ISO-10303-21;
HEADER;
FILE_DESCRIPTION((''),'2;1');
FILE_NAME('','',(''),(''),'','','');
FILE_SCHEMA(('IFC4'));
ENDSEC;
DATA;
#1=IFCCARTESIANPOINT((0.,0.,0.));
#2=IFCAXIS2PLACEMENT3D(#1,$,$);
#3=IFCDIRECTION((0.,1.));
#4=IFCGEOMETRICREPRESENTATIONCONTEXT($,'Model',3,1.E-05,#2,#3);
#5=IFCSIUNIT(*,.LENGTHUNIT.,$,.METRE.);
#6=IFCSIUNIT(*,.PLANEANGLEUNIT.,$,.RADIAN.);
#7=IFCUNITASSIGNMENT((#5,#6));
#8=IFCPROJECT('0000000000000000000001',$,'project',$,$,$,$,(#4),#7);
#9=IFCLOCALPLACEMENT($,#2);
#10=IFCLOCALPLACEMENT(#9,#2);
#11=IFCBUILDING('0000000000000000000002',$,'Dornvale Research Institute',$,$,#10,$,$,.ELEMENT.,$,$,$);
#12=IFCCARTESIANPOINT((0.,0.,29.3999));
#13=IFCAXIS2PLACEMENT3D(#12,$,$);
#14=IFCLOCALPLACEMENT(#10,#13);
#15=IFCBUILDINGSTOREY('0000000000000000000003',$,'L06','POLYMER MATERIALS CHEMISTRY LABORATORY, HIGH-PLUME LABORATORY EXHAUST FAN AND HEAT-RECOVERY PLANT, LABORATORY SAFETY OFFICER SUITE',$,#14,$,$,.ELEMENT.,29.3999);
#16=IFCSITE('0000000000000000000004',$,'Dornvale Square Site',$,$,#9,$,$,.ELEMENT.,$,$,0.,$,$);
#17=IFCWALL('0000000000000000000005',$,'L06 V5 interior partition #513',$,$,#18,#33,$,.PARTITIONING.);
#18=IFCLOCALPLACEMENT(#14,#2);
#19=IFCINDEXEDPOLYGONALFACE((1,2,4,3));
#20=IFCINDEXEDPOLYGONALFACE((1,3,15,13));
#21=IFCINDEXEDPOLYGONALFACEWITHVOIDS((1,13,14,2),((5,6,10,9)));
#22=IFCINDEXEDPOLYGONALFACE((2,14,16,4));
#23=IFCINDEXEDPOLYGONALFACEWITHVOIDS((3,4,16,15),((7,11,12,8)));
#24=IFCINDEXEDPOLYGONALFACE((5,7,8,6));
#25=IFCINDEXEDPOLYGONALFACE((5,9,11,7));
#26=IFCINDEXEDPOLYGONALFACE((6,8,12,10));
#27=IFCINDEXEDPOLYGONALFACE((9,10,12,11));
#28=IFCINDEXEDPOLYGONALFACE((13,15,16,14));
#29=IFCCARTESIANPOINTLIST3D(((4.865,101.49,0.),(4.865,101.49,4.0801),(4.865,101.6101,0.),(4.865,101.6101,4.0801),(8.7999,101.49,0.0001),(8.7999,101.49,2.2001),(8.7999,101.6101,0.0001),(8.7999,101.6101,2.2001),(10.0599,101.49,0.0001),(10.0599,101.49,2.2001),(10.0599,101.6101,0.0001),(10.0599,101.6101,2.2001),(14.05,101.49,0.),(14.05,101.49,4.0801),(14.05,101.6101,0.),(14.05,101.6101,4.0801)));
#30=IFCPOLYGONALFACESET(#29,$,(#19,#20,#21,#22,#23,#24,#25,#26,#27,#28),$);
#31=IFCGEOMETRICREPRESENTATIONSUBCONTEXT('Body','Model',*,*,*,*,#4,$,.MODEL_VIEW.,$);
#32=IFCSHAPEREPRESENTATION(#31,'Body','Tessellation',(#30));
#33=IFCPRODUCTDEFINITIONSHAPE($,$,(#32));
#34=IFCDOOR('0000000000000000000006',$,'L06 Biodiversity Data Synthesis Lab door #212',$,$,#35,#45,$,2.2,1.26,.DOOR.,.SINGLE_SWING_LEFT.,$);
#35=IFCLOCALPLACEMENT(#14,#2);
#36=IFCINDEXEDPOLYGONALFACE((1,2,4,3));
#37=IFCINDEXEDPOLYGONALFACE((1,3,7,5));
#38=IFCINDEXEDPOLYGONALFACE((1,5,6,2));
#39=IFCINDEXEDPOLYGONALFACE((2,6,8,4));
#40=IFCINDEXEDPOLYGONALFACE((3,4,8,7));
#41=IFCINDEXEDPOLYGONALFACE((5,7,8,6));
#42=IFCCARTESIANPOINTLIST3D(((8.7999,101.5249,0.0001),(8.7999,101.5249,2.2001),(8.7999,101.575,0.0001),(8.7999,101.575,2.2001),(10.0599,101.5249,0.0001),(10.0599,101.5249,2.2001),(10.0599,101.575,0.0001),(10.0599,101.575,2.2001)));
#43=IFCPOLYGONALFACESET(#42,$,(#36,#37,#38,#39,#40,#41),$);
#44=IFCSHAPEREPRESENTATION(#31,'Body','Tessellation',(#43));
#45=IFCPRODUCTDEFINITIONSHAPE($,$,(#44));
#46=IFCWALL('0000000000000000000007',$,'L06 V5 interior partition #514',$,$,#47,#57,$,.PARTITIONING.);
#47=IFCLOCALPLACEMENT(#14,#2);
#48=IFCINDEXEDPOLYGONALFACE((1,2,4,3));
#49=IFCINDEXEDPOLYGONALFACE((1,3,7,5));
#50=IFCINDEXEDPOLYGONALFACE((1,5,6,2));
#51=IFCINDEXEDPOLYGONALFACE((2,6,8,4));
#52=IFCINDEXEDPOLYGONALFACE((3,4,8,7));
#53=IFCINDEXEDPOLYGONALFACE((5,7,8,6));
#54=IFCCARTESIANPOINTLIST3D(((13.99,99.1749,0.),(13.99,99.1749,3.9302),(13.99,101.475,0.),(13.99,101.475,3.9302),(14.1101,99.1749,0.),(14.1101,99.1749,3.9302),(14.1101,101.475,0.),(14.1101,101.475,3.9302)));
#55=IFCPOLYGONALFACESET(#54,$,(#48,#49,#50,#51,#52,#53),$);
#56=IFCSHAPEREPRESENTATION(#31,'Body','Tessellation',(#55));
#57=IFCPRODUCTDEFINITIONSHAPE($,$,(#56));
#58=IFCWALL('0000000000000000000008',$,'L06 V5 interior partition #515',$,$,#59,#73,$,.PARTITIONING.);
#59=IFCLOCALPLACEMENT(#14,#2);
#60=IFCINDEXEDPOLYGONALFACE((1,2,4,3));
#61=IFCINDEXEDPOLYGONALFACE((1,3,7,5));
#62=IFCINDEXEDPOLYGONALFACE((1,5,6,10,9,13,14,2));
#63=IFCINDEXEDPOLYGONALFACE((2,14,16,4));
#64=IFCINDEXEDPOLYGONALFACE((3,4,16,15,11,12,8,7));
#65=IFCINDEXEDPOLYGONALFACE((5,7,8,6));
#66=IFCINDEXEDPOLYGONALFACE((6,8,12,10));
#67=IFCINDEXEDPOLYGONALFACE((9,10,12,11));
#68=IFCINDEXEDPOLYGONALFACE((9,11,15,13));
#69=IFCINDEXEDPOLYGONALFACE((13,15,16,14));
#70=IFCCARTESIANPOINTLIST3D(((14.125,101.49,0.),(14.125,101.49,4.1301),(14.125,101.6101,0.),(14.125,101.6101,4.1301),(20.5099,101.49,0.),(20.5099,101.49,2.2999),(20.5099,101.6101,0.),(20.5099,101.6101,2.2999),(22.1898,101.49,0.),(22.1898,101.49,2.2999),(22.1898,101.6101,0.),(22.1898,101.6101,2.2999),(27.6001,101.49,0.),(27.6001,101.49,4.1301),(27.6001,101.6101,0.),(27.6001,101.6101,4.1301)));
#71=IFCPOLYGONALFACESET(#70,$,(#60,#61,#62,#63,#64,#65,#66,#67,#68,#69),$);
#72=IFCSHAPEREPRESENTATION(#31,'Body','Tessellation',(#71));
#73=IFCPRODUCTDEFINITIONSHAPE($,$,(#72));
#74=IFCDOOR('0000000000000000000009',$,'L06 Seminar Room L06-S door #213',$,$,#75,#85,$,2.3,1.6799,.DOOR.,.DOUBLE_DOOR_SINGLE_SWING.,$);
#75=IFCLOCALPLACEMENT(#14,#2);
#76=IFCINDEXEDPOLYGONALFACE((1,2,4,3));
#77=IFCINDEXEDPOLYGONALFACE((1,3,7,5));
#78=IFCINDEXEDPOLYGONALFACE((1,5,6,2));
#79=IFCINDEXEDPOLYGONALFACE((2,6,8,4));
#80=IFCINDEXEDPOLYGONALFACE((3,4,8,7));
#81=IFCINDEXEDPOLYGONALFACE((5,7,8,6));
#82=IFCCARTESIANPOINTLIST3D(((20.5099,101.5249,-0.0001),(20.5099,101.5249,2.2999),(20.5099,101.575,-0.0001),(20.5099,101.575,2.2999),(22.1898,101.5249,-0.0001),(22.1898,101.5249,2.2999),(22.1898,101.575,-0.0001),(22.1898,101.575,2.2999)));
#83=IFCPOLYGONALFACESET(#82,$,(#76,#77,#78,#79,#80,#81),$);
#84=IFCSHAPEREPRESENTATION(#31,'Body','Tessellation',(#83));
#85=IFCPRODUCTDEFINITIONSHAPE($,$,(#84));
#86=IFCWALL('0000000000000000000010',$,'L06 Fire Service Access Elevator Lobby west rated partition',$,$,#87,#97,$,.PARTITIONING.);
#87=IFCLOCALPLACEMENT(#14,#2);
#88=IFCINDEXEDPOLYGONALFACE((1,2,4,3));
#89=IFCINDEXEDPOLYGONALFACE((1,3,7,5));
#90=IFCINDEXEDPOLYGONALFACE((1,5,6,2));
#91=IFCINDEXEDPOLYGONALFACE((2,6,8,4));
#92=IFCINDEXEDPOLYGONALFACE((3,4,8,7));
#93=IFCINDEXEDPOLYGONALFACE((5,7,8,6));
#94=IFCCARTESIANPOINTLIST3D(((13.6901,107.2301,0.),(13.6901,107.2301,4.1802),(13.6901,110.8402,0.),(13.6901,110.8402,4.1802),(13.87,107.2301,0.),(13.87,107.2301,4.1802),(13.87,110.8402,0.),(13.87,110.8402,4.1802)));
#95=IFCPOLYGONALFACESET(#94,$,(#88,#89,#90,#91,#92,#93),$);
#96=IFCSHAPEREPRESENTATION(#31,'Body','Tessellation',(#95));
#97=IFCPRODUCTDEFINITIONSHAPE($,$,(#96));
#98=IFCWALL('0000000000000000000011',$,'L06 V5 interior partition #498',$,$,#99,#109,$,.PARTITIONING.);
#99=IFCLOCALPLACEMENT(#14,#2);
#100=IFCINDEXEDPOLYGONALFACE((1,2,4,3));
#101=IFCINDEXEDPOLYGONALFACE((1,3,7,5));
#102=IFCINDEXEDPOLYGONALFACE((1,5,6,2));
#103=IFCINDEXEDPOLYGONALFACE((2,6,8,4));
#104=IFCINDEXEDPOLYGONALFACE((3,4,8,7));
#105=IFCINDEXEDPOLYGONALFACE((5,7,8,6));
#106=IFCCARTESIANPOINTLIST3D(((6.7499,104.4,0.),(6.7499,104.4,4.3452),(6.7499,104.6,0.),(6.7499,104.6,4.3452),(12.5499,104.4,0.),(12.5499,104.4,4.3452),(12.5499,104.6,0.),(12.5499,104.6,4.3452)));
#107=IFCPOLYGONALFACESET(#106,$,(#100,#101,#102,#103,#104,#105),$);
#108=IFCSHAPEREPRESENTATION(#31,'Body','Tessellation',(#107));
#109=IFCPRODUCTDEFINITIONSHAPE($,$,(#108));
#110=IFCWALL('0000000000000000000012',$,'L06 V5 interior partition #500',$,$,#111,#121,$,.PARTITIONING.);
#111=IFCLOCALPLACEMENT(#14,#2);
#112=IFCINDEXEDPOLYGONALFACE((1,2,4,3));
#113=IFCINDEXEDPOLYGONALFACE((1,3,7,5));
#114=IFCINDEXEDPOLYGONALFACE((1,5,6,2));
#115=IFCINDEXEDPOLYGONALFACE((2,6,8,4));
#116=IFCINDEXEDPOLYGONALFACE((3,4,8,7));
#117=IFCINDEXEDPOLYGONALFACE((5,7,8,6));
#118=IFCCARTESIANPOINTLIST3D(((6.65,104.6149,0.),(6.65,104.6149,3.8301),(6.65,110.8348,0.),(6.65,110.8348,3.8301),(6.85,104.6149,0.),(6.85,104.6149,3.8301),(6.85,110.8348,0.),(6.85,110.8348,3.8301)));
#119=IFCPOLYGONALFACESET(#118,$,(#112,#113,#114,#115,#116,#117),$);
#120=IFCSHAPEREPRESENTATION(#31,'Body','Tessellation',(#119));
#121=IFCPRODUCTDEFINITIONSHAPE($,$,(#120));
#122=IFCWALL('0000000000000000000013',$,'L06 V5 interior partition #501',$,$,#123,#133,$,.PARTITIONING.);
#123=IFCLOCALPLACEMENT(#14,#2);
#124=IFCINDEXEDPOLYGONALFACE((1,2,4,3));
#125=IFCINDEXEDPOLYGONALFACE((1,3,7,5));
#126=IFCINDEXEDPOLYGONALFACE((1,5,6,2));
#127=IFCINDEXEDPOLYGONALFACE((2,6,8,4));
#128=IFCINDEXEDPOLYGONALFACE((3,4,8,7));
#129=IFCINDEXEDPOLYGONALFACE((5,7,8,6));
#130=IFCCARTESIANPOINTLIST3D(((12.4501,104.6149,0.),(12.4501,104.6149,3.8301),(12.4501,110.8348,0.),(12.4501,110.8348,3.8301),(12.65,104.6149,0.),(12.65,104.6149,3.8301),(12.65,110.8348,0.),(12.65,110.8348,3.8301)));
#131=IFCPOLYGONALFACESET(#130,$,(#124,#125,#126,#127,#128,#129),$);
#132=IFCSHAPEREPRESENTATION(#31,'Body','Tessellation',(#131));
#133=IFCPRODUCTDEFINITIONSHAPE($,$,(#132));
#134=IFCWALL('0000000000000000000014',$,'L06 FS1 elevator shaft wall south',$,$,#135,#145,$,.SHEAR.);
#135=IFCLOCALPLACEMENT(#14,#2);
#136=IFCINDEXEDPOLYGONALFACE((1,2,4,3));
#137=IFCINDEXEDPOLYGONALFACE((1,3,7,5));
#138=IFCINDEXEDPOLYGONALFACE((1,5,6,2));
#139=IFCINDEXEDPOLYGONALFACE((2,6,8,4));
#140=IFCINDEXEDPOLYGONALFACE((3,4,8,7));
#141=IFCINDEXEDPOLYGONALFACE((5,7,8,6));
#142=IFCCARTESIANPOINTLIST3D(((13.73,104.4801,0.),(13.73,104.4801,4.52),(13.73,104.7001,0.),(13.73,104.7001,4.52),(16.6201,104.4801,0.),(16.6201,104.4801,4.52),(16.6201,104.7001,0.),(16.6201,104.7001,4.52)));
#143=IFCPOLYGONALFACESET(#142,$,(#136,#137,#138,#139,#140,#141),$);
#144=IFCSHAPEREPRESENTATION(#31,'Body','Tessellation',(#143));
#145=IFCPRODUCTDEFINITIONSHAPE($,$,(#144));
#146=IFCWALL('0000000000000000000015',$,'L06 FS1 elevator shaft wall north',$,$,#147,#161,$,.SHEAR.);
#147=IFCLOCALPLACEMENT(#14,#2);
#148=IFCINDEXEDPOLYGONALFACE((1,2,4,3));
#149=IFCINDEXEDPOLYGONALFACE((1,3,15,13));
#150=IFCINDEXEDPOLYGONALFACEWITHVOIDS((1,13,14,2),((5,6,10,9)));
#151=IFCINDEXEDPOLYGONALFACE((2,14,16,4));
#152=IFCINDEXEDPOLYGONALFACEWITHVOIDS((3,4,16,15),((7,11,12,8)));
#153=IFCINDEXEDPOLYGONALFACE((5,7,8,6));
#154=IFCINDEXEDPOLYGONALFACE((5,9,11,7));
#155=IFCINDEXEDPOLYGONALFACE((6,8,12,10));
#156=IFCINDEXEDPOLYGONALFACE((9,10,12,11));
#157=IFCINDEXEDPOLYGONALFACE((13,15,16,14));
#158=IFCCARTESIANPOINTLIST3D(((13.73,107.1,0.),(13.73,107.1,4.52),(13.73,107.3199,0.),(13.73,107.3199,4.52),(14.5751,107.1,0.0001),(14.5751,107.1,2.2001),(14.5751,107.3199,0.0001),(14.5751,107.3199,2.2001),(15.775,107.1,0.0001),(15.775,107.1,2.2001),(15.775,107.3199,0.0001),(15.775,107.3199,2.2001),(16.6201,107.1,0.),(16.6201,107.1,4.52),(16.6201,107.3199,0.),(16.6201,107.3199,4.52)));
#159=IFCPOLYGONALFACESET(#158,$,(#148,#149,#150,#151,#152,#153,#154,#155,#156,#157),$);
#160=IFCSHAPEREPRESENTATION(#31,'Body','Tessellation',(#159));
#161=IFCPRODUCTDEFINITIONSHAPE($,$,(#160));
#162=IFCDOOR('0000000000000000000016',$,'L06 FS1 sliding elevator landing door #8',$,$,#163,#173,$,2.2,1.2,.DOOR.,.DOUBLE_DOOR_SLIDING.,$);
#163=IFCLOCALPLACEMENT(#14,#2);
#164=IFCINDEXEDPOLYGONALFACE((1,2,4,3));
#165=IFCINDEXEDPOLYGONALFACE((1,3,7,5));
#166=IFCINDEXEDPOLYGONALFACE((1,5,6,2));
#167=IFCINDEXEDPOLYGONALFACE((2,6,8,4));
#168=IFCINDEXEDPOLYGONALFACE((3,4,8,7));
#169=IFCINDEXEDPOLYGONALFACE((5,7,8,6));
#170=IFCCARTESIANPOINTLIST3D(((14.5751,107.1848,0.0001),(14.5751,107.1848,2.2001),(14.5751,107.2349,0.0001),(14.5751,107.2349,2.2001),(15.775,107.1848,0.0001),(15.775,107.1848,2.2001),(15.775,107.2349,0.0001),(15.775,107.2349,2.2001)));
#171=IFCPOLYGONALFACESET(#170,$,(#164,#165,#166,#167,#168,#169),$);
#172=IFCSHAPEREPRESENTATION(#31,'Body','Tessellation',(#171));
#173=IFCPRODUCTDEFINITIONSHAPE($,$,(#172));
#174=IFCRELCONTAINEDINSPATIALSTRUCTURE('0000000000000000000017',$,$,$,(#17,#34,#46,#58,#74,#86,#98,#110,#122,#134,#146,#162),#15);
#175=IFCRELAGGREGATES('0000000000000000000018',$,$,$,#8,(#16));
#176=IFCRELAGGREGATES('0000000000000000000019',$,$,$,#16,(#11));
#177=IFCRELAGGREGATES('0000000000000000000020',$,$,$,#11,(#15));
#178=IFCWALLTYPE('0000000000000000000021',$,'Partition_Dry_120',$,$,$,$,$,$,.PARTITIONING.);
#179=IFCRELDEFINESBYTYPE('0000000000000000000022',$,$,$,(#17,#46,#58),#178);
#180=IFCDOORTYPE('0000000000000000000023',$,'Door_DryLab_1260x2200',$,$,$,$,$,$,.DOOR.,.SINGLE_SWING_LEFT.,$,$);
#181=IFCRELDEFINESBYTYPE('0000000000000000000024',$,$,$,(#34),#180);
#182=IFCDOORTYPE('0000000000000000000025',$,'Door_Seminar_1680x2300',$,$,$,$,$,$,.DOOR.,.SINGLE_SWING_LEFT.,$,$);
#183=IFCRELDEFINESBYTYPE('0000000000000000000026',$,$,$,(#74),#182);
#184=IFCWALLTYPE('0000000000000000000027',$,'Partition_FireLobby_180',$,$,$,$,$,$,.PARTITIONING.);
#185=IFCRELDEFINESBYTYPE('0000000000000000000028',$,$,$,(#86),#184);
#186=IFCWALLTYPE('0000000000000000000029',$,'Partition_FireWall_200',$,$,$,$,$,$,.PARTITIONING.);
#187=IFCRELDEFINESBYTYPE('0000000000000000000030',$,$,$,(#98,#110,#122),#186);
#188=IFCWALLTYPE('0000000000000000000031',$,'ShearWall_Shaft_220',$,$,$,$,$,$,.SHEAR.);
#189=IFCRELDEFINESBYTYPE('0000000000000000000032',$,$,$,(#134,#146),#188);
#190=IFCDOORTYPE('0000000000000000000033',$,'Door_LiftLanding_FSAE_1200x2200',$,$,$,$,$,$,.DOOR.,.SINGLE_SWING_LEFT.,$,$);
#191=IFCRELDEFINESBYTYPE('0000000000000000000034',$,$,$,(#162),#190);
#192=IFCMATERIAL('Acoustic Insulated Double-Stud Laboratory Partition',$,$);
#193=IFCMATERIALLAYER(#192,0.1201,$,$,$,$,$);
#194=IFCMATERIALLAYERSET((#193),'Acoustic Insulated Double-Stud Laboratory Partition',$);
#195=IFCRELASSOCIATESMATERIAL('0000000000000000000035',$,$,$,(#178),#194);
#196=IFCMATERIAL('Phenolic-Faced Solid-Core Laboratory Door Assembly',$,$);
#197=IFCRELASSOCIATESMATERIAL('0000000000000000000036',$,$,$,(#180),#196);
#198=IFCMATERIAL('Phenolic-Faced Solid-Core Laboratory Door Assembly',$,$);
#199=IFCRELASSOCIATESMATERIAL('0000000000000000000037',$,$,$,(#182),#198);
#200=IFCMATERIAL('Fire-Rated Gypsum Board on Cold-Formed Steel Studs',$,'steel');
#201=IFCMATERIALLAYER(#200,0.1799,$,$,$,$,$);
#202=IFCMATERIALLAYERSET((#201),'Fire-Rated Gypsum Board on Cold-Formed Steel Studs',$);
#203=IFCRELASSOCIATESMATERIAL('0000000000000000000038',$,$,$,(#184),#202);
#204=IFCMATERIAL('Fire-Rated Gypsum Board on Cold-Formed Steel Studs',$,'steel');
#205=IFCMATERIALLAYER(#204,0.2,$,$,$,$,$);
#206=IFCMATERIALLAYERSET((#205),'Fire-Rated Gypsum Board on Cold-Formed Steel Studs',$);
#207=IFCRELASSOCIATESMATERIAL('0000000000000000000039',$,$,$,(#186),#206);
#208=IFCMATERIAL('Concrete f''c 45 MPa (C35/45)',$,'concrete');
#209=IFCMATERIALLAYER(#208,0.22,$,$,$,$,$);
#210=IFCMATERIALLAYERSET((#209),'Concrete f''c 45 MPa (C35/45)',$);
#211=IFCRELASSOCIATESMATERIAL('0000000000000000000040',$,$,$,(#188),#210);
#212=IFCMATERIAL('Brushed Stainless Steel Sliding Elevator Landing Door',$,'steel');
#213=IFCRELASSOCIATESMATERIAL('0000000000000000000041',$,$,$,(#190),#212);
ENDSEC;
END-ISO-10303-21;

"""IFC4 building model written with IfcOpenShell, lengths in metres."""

from ifc_helpers import new_model, si_unit, direction, frame, frame_2d, origin, place, context, subcontext, project, spatial, rectangle, extrude, material, layer, layer_set, type_object, element, fill, save


model = new_model("IFC4")

# Units and contexts
model_context = context("Model", 3, precision=1e-05, world=origin(), true_north=direction((0.0, 1.0)))
body_context = subcontext(model_context, "Body", "Model", "MODEL_VIEW")
ifc_project = project(units=[si_unit("LENGTHUNIT", "METRE"), si_unit("PLANEANGLEUNIT", "RADIAN")], contexts=[model_context])

# Site, building, storey
site_placement = place(None, origin())
site = spatial("IfcSite", under=ifc_project, at=site_placement, Name="Dornvale Square Site", CompositionType="ELEMENT", RefElevation=0.0)
building_placement = place(site_placement, origin())
building = spatial("IfcBuilding", under=site, at=building_placement, Name="Dornvale Research Institute", CompositionType="ELEMENT")
storey_placement = place(building_placement, frame((0.0, 0.0, 29.3999)))
storey = spatial("IfcBuildingStorey", under=building, at=storey_placement, Name="L06", Description="POLYMER MATERIALS CHEMISTRY LABORATORY, HIGH-PLUME LABORATORY EXHAUST FAN AND HEAT-RECOVERY PLANT, LABORATORY SAFETY OFFICER SUITE", CompositionType="ELEMENT", Elevation=29.3999)

# Wall, opening, door
ifc_material_1 = material(Name="Acoustic Insulated Double-Stud Laboratory Partition")
ifc_layer_1 = layer(ifc_material_1, 0.1201)
ifc_layer_set_1 = layer_set([ifc_layer_1], Name="Acoustic Insulated Double-Stud Laboratory Partition")
wall_type_1 = type_object("IfcWallType", Name="Partition_Dry_120", PredefinedType="PARTITIONING", material=ifc_layer_set_1)
wall_1_placement = place(storey_placement, frame((4.865, 101.55, 0.0), z_axis=(0.0, 0.0, 1.0), x_axis=(1.0, 0.0, 0.0)))
wall_1 = element("IfcWall", 1, at=wall_1_placement, inside=storey, type_object=wall_type_1, Name="L06 V5 interior partition #513", PredefinedType="PARTITIONING", context=body_context, shape_type="SweptSolid", body=[
    extrude(rectangle(XDim=9.1851, YDim=0.1201, at=frame_2d((4.5925, 0.0))), origin(), (0.0, 0.0, 1.0), 4.0801),
])
opening_1_placement = place(wall_1_placement, frame((3.9351, 0.0, 0.0)))
opening_1 = element("IfcOpeningElement", 2, at=opening_1_placement, cuts=wall_1, PredefinedType="OPENING", context=body_context, shape_type="SweptSolid", body=[
    extrude(rectangle(XDim=1.26, YDim=2.2, at=frame_2d((0.6299, 1.1001))), frame((0.0, 0.075, 0.0), z_axis=(0.0, -1.0, 0.0), x_axis=(1.0, 0.0, 0.0)), (0.0, 0.0, 1.0), 0.1501),
])
ifc_material_2 = material(Name="Phenolic-Faced Solid-Core Laboratory Door Assembly")
door_type_1 = type_object("IfcDoorType", Name="Door_DryLab_1260x2200", OperationType="SINGLE_SWING_LEFT", PredefinedType="DOOR", material=ifc_material_2)
door_1_placement = place(opening_1_placement, origin())
door_1 = element("IfcDoor", 3, at=door_1_placement, inside=storey, type_object=door_type_1, Name="L06 Biodiversity Data Synthesis Lab door #212", OperationType="SINGLE_SWING_LEFT", OverallHeight=2.2, OverallWidth=1.26, PredefinedType="DOOR", context=body_context, shape_type="SweptSolid", body=[
    extrude(rectangle(XDim=1.26, YDim=2.2, at=frame_2d((0.6299, 1.1001))), frame((0.0, 0.0249, 0.0), z_axis=(0.0, -1.0, 0.0), x_axis=(1.0, 0.0, 0.0)), (0.0, 0.0, 1.0), 0.05),
])
fill(opening_1, door_1)

# Wall
wall_2_placement = place(storey_placement, frame((14.05, 99.175, 0.0), z_axis=(0.0, 0.0, 1.0), x_axis=(0.0, 1.0, 0.0)))
element("IfcWall", 4, at=wall_2_placement, inside=storey, type_object=wall_type_1, Name="L06 V5 interior partition #514", PredefinedType="PARTITIONING", context=body_context, shape_type="SweptSolid", body=[
    extrude(rectangle(XDim=2.3, YDim=0.1201, at=frame_2d((1.1499, 0.0))), origin(), (0.0, 0.0, 1.0), 3.9302),
])

# Wall, opening, door
wall_3_placement = place(storey_placement, frame((14.125, 101.55, 0.0), z_axis=(0.0, 0.0, 1.0), x_axis=(1.0, 0.0, 0.0)))
wall_3 = element("IfcWall", 5, at=wall_3_placement, inside=storey, type_object=wall_type_1, Name="L06 V5 interior partition #515", PredefinedType="PARTITIONING", context=body_context, shape_type="SweptSolid", body=[
    extrude(rectangle(XDim=13.4751, YDim=0.1201, at=frame_2d((6.7375, 0.0))), origin(), (0.0, 0.0, 1.0), 4.1301),
])
opening_2_placement = place(wall_3_placement, frame((6.385, 0.0, 0.0)))
opening_2 = element("IfcOpeningElement", 6, at=opening_2_placement, cuts=wall_3, PredefinedType="OPENING", context=body_context, shape_type="SweptSolid", body=[
    extrude(rectangle(XDim=1.6799, YDim=2.3, at=frame_2d((0.8398, 1.1499))), frame((0.0, 0.075, 0.0), z_axis=(0.0, -1.0, 0.0), x_axis=(1.0, 0.0, 0.0)), (0.0, 0.0, 1.0), 0.1501),
])
ifc_material_3 = material(Name="Phenolic-Faced Solid-Core Laboratory Door Assembly")
door_type_2 = type_object("IfcDoorType", Name="Door_Seminar_1680x2300", OperationType="SINGLE_SWING_LEFT", PredefinedType="DOOR", material=ifc_material_3)
door_2_placement = place(opening_2_placement, origin())
door_2 = element("IfcDoor", 7, at=door_2_placement, inside=storey, type_object=door_type_2, Name="L06 Seminar Room L06-S door #213", OperationType="DOUBLE_DOOR_SINGLE_SWING", OverallHeight=2.3, OverallWidth=1.6799, PredefinedType="DOOR", context=body_context, shape_type="SweptSolid", body=[
    extrude(rectangle(XDim=1.6799, YDim=2.3, at=frame_2d((0.8398, 1.1499))), frame((0.0, 0.0249, 0.0), z_axis=(0.0, -1.0, 0.0), x_axis=(1.0, 0.0, 0.0)), (0.0, 0.0, 1.0), 0.05),
])
fill(opening_2, door_2)

# Walls
ifc_material_4 = material(Name="Fire-Rated Gypsum Board on Cold-Formed Steel Studs", Category="steel")
ifc_layer_2 = layer(ifc_material_4, 0.1799)
ifc_layer_set_2 = layer_set([ifc_layer_2], Name="Fire-Rated Gypsum Board on Cold-Formed Steel Studs")
wall_type_2 = type_object("IfcWallType", Name="Partition_FireLobby_180", PredefinedType="PARTITIONING", material=ifc_layer_set_2)
wall_4_placement = place(storey_placement, frame((13.78, 107.23, 0.0), z_axis=(0.0, 0.0, 1.0), x_axis=(0.0, 1.0, 0.0)))
element("IfcWall", 8, at=wall_4_placement, inside=storey, type_object=wall_type_2, Name="L06 Fire Service Access Elevator Lobby west rated partition", PredefinedType="PARTITIONING", context=body_context, shape_type="SweptSolid", body=[
    extrude(rectangle(XDim=3.6101, YDim=0.1799, at=frame_2d((1.8052, 0.0))), origin(), (0.0, 0.0, 1.0), 4.1802),
])
ifc_material_5 = material(Name="Fire-Rated Gypsum Board on Cold-Formed Steel Studs", Category="steel")
ifc_layer_3 = layer(ifc_material_5, 0.2)
ifc_layer_set_3 = layer_set([ifc_layer_3], Name="Fire-Rated Gypsum Board on Cold-Formed Steel Studs")
wall_type_3 = type_object("IfcWallType", Name="Partition_FireWall_200", PredefinedType="PARTITIONING", material=ifc_layer_set_3)
wall_5_placement = place(storey_placement, frame((6.75, 104.5, 0.0), z_axis=(0.0, 0.0, 1.0), x_axis=(1.0, 0.0, 0.0)))
element("IfcWall", 9, at=wall_5_placement, inside=storey, type_object=wall_type_3, Name="L06 V5 interior partition #498", PredefinedType="PARTITIONING", context=body_context, shape_type="SweptSolid", body=[
    extrude(rectangle(XDim=5.8, YDim=0.2, at=frame_2d((2.8999, 0.0))), origin(), (0.0, 0.0, 1.0), 4.3452),
])
for number, where, z_axis, x_axis, name in (
    (10, (6.75, 104.615, 0.0), (0.0, 0.0, 1.0), (0.0, 1.0, 0.0), "L06 V5 interior partition #500"),
    (11, (12.55, 104.615, 0.0), (0.0, 0.0, 1.0), (0.0, 1.0, 0.0), "L06 V5 interior partition #501"),
):
    element("IfcWall", number, at=place(storey_placement, frame(where, z_axis=z_axis, x_axis=x_axis)), inside=storey, type_object=wall_type_3, Name=name, PredefinedType="PARTITIONING", context=body_context, shape_type="SweptSolid", body=[
        extrude(rectangle(XDim=6.22, YDim=0.2, at=frame_2d((3.1099, 0.0))), origin(), (0.0, 0.0, 1.0), 3.8301),
    ])
ifc_material_6 = material(Name="Concrete f'c 45 MPa (C35/45)", Category="concrete")
ifc_layer_4 = layer(ifc_material_6, 0.22)
ifc_layer_set_4 = layer_set([ifc_layer_4], Name="Concrete f'c 45 MPa (C35/45)")
wall_type_4 = type_object("IfcWallType", Name="ShearWall_Shaft_220", PredefinedType="SHEAR", material=ifc_layer_set_4)
wall_6_placement = place(storey_placement, frame((13.73, 104.5901, 0.0), z_axis=(0.0, 0.0, 1.0), x_axis=(1.0, 0.0, 0.0)))
element("IfcWall", 12, at=wall_6_placement, inside=storey, type_object=wall_type_4, Name="L06 FS1 elevator shaft wall south", PredefinedType="SHEAR", context=body_context, shape_type="SweptSolid", body=[
    extrude(rectangle(XDim=2.8901, YDim=0.22, at=frame_2d((1.4451, 0.0))), origin(), (0.0, 0.0, 1.0), 4.52),
])

# Wall, opening, door
wall_7_placement = place(storey_placement, frame((13.73, 107.21, 0.0), z_axis=(0.0, 0.0, 1.0), x_axis=(1.0, 0.0, 0.0)))
wall_7 = element("IfcWall", 13, at=wall_7_placement, inside=storey, type_object=wall_type_4, Name="L06 FS1 elevator shaft wall north", PredefinedType="SHEAR", context=body_context, shape_type="SweptSolid", body=[
    extrude(rectangle(XDim=2.8901, YDim=0.22, at=frame_2d((1.4451, 0.0))), origin(), (0.0, 0.0, 1.0), 4.52),
])
opening_3_placement = place(wall_7_placement, frame((0.845, 0.0, 0.0)))
opening_3 = element("IfcOpeningElement", 14, at=opening_3_placement, cuts=wall_7, PredefinedType="OPENING", context=body_context, shape_type="SweptSolid", body=[
    extrude(rectangle(XDim=1.2, YDim=2.2, at=frame_2d((0.6001, 1.1001))), frame((0.0, 0.125, 0.0), z_axis=(0.0, -1.0, 0.0), x_axis=(1.0, 0.0, 0.0)), (0.0, 0.0, 1.0), 0.25),
])
ifc_material_7 = material(Name="Brushed Stainless Steel Sliding Elevator Landing Door", Category="steel")
door_type_3 = type_object("IfcDoorType", Name="Door_LiftLanding_FSAE_1200x2200", OperationType="SINGLE_SWING_LEFT", PredefinedType="DOOR", material=ifc_material_7)
door_3_placement = place(opening_3_placement, origin())
door_3 = element("IfcDoor", 15, at=door_3_placement, inside=storey, type_object=door_type_3, Name="L06 FS1 sliding elevator landing door #8", OperationType="DOUBLE_DOOR_SLIDING", OverallHeight=2.2, OverallWidth=1.2, PredefinedType="DOOR", context=body_context, shape_type="SweptSolid", body=[
    extrude(rectangle(XDim=1.2, YDim=2.2, at=frame_2d((0.6001, 1.1001))), frame((0.0, 0.0249, 0.0), z_axis=(0.0, -1.0, 0.0), x_axis=(1.0, 0.0, 0.0)), (0.0, 0.0, 1.0), 0.05),
])
fill(opening_3, door_3)

save(model, "model.ifc")
